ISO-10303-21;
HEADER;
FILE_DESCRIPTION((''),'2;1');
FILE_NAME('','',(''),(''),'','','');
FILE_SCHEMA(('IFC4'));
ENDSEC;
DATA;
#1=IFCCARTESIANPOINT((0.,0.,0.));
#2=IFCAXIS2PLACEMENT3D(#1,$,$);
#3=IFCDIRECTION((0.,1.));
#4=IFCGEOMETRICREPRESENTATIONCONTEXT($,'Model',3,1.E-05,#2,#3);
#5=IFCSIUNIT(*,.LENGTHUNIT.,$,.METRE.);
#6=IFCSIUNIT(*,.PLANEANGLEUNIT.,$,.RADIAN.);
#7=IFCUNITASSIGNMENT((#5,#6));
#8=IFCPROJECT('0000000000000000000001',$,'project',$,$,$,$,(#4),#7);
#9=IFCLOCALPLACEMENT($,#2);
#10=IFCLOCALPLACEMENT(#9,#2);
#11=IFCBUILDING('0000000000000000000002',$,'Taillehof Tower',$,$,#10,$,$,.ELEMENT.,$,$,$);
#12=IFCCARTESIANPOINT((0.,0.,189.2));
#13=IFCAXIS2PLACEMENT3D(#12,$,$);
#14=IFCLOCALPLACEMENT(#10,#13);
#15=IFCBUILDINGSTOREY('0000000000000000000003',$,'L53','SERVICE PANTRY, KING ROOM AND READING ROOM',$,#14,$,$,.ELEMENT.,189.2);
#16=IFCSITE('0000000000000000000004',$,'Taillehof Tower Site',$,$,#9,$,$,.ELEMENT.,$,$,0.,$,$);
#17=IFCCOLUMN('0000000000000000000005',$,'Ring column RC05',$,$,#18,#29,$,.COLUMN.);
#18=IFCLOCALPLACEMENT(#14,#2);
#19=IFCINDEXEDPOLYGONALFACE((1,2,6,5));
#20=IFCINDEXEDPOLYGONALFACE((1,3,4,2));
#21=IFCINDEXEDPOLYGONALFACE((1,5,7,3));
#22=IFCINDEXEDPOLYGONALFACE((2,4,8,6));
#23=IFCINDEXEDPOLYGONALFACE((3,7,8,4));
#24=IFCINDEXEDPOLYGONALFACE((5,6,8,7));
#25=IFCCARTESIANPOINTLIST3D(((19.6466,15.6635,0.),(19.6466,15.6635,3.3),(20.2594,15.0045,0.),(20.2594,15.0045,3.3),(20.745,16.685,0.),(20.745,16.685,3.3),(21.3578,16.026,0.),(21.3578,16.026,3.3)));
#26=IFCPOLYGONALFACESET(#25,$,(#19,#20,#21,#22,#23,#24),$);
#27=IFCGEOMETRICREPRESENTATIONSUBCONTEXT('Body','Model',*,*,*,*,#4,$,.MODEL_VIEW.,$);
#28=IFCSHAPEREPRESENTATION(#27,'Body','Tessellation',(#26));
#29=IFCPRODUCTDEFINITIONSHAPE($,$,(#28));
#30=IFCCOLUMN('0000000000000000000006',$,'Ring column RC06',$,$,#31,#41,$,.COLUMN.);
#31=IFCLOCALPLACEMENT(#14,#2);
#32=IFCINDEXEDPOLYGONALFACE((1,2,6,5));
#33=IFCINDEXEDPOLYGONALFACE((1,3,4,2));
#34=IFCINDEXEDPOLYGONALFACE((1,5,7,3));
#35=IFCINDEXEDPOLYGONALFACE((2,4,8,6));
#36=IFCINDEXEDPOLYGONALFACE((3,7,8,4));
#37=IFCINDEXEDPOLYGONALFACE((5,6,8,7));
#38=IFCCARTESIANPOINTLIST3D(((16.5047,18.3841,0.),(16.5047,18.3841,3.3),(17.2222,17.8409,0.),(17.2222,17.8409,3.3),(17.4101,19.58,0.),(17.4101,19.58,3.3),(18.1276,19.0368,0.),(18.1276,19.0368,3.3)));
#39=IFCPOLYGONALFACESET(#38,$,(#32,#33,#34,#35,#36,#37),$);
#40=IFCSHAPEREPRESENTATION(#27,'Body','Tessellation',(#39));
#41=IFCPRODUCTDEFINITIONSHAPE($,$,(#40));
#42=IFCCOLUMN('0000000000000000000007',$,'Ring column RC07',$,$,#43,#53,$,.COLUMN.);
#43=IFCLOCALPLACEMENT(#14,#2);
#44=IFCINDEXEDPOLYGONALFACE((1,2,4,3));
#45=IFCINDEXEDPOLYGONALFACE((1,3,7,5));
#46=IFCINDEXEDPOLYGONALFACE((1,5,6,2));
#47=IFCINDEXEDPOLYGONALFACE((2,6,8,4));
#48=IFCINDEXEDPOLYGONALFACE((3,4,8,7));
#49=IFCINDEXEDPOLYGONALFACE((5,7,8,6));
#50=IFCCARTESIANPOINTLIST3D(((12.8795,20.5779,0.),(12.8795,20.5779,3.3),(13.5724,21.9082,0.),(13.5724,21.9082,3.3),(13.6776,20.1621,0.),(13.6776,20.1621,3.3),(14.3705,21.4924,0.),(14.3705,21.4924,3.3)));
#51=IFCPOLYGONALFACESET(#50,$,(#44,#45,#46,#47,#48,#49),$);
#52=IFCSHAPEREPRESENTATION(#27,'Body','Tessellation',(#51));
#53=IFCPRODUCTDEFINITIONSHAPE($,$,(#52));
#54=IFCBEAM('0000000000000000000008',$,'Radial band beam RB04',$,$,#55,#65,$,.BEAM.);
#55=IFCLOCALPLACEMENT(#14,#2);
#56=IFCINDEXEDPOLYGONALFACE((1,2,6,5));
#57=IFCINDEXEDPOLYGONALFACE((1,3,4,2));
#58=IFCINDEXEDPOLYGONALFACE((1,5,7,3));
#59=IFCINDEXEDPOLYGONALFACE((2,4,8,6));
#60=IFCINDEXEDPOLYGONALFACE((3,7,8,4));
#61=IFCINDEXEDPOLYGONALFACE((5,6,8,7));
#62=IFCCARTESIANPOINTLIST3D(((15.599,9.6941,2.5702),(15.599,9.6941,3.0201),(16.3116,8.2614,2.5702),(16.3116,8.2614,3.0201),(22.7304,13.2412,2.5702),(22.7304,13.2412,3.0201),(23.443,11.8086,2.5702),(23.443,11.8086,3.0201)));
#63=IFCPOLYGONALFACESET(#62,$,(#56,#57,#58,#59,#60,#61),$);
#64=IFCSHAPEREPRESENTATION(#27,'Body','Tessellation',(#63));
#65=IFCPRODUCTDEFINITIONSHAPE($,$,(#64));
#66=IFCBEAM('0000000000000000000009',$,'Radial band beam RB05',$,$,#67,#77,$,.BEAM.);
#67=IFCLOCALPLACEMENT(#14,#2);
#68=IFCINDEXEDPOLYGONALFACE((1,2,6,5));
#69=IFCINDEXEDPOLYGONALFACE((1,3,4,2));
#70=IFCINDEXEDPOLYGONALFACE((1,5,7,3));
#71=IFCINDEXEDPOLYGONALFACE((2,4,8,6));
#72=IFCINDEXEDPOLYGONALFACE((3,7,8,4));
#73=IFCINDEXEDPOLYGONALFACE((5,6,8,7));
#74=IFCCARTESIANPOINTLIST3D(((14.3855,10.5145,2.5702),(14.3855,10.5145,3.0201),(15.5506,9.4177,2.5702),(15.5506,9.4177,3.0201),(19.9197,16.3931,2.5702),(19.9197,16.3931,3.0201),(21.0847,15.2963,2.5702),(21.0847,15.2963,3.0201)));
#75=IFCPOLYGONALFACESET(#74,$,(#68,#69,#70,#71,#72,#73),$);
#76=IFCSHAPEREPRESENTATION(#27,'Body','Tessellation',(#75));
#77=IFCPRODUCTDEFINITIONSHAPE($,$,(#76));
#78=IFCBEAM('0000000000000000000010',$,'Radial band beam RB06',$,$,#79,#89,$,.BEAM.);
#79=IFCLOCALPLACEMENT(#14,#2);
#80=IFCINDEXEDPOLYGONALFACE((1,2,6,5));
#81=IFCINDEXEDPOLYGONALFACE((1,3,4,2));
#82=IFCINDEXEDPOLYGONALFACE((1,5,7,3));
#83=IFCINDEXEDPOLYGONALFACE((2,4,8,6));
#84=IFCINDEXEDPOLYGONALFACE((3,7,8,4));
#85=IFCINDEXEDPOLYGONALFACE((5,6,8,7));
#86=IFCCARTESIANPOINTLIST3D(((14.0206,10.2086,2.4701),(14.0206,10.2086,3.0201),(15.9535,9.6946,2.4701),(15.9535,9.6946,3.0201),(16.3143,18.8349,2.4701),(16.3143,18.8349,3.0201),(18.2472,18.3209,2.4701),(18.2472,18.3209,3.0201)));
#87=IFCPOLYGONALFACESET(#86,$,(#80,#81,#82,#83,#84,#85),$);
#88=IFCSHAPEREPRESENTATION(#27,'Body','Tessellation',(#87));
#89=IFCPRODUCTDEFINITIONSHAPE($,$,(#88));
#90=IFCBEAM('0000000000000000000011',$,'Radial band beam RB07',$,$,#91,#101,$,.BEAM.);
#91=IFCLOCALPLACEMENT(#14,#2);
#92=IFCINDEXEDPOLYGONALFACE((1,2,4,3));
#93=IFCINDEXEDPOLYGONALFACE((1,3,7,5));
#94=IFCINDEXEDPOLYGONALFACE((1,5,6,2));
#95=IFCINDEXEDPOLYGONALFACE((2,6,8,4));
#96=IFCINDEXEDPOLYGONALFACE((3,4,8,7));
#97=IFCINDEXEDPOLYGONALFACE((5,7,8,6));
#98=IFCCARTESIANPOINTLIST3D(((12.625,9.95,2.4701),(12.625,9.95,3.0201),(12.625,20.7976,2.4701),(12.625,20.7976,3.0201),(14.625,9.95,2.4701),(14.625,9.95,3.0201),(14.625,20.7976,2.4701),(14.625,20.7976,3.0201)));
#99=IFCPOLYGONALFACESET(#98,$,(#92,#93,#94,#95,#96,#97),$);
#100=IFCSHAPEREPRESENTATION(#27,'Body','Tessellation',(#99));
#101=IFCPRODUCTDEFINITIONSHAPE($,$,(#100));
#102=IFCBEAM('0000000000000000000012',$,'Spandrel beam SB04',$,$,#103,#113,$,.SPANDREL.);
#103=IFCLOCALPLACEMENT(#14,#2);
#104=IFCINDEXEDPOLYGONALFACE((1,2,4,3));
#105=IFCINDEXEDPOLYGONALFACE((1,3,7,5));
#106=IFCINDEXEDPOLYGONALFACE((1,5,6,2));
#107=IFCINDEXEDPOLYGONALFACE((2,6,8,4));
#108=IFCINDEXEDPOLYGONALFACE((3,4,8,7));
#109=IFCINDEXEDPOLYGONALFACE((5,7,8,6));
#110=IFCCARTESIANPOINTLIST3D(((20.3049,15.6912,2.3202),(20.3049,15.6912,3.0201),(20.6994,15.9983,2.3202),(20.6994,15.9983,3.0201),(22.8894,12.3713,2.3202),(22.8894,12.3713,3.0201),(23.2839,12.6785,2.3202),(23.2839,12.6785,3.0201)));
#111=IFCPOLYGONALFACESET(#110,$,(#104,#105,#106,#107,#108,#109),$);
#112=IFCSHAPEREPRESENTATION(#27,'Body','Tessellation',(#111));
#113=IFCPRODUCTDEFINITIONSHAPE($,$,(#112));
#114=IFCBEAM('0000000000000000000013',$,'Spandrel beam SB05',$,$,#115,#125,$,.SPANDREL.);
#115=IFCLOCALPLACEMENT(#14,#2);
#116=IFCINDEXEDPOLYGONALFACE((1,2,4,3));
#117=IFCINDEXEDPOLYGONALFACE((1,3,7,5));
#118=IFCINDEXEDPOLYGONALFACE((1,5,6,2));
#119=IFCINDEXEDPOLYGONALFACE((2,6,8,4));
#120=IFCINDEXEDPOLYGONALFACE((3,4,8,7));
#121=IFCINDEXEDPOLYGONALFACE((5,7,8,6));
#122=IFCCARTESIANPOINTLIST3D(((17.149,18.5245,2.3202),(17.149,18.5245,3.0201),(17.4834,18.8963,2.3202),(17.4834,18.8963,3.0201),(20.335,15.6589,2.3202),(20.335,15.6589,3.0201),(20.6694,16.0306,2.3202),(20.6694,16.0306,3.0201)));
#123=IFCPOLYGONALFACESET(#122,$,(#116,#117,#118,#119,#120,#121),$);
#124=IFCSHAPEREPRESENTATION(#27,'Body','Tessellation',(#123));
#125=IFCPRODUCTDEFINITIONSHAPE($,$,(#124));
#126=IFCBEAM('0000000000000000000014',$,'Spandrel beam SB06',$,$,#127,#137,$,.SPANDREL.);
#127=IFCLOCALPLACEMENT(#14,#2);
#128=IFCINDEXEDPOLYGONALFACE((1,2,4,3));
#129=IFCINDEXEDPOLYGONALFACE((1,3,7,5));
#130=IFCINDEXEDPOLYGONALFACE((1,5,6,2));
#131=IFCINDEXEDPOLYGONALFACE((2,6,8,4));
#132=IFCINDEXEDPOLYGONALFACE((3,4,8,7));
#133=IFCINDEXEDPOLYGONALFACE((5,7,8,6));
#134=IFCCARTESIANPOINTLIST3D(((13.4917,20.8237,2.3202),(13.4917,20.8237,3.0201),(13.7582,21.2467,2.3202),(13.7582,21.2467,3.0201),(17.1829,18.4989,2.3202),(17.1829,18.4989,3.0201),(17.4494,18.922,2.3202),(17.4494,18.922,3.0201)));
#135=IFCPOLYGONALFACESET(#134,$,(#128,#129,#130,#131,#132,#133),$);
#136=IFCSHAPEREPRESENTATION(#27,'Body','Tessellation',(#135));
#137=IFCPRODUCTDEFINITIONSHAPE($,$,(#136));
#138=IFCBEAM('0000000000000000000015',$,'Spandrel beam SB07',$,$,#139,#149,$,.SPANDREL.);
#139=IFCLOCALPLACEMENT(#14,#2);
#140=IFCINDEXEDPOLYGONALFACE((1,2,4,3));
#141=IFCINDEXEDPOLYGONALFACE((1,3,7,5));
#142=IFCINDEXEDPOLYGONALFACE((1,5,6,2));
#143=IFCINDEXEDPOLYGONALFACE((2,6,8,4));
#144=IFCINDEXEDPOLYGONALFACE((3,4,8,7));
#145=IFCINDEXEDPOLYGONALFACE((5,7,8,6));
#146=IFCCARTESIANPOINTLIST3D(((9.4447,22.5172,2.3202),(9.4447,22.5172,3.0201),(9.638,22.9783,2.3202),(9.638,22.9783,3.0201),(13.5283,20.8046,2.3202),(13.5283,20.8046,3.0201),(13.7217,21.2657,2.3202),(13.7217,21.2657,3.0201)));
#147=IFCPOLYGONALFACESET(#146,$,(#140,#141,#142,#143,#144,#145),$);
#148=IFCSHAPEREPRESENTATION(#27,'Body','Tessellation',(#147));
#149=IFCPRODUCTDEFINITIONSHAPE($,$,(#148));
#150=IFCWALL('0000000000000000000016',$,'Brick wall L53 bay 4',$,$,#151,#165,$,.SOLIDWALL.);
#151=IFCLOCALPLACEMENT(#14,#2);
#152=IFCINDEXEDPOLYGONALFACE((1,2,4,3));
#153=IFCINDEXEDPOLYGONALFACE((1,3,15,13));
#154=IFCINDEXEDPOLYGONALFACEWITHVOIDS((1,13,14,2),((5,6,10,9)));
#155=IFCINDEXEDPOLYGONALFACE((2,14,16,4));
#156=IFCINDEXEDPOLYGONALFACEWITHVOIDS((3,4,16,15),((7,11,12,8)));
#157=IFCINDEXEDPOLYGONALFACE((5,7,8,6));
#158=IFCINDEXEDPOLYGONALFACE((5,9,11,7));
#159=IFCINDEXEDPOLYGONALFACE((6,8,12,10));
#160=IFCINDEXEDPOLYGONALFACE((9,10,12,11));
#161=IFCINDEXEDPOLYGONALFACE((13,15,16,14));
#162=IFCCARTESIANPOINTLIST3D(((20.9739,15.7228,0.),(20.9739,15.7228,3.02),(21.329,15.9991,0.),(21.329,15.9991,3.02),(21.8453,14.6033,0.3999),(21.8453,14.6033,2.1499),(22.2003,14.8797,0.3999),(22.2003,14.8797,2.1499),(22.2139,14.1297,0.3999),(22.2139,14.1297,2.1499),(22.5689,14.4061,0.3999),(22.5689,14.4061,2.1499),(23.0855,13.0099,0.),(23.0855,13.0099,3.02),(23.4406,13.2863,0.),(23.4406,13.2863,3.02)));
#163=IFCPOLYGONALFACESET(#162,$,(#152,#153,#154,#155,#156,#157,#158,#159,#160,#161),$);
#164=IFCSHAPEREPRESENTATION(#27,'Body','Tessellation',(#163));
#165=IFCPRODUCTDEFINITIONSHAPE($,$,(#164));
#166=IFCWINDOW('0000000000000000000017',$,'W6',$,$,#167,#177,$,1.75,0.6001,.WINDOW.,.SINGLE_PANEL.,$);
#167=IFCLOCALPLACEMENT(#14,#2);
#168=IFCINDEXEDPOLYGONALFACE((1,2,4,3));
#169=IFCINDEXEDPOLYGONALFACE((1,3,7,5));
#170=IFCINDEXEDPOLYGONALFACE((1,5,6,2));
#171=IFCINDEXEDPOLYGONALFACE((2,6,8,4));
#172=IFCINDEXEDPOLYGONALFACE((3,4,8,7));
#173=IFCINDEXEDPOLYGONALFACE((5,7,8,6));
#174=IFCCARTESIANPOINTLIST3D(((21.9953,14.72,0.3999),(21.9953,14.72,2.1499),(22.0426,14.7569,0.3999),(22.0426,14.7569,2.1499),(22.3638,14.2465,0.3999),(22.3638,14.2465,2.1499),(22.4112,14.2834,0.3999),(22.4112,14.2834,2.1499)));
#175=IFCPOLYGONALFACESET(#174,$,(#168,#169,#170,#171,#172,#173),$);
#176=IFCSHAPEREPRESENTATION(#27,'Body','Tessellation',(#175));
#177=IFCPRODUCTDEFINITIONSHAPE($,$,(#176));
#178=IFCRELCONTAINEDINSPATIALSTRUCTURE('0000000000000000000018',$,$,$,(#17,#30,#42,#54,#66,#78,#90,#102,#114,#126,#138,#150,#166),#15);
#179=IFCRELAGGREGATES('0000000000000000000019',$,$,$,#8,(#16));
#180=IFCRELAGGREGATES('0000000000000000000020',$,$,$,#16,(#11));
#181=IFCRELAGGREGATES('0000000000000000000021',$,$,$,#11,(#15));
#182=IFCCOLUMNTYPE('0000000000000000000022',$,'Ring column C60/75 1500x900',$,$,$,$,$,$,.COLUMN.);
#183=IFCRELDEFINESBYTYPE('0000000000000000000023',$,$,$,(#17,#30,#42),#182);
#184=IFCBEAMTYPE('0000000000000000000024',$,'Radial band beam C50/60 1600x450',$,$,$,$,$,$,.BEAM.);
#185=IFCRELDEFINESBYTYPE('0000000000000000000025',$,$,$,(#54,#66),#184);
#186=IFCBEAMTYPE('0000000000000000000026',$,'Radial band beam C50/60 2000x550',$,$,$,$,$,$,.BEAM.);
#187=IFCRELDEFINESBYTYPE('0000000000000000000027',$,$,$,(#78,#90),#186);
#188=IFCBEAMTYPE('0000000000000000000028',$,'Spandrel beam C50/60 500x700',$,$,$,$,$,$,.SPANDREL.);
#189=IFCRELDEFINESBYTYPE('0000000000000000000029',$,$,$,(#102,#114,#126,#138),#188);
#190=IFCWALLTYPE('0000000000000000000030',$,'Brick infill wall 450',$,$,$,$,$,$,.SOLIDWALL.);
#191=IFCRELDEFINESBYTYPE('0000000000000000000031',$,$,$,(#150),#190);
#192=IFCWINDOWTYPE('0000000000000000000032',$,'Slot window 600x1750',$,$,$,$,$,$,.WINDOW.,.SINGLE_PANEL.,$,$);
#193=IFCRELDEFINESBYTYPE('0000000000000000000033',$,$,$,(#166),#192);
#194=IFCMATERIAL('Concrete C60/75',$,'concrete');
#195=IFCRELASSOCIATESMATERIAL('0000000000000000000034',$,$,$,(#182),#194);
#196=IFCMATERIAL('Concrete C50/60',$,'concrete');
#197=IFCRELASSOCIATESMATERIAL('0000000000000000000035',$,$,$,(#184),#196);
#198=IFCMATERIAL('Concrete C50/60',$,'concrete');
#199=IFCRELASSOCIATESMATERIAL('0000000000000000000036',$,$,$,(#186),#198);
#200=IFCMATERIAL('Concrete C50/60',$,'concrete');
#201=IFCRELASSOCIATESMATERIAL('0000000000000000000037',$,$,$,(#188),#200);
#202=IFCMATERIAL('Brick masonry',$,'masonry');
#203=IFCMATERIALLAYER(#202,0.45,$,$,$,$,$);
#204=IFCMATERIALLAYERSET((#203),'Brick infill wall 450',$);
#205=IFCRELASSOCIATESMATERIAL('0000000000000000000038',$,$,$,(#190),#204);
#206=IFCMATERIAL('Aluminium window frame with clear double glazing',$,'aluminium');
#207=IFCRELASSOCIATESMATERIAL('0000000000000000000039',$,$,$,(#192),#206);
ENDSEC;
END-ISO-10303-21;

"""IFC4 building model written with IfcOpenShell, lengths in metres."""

from ifc_helpers import new_model, si_unit, direction, frame, frame_2d, origin, origin_2d, place, context, subcontext, project, spatial, rectangle, extrude, material, layer, layer_set, material_profile, profile_set, type_object, element, fill, save


model = new_model("IFC4")

# Units and contexts
model_context = context("Model", 3, precision=1e-05, world=origin(), true_north=direction((0.0, 1.0)))
body_context = subcontext(model_context, "Body", "Model", "MODEL_VIEW")
ifc_project = project(units=[si_unit("LENGTHUNIT", "METRE"), si_unit("PLANEANGLEUNIT", "RADIAN")], contexts=[model_context])

# Site, building, storey
site_placement = place(None, origin())
site = spatial("IfcSite", under=ifc_project, at=site_placement, Name="Taillehof Tower Site", CompositionType="ELEMENT", RefElevation=0.0)
building_placement = place(site_placement, origin())
building = spatial("IfcBuilding", under=site, at=building_placement, Name="Taillehof Tower", CompositionType="ELEMENT")
storey_placement = place(building_placement, frame((0.0, 0.0, 189.2)))
storey = spatial("IfcBuildingStorey", under=building, at=storey_placement, Name="L53", Description="SERVICE PANTRY, KING ROOM AND READING ROOM", CompositionType="ELEMENT", Elevation=189.2)

# Columns
ifc_material_1 = material(Name="Concrete C60/75", Category="concrete")
ifc_material_profile_1 = material_profile(ifc_material_1, rectangle(XDim=1.5, YDim=0.8999, at=origin_2d()), Name="RC 1500x900")
ifc_profile_set_1 = profile_set([ifc_material_profile_1], Name="Concrete C60/75")
column_type = type_object("IfcColumnType", Name="Ring column C60/75 1500x900", PredefinedType="COLUMN", material=ifc_profile_set_1)
for number, where, z_axis, x_axis, name in (
    (1, (20.5022, 15.8447, 0.0), (0.0, 0.0, 1.0), (0.732271, 0.681013, 0.0), "Ring column RC05"),
    (2, (17.3162, 18.7104, 0.0), (0.0, 0.0, 1.0), (0.603608, 0.797281, 0.0), "Ring column RC06"),
    (3, (13.625, 21.0352, 0.0), (0.0, 0.0, 1.0), (0.461993, 0.886883, 0.0), "Ring column RC07"),
):
    element("IfcColumn", number, at=place(storey_placement, frame(where, z_axis=z_axis, x_axis=x_axis)), inside=storey, type_object=column_type, Name=name, PredefinedType="COLUMN", context=body_context, shape_type="SweptSolid", body=[
        extrude(rectangle(XDim=1.5, YDim=0.8999, at=origin_2d()), origin(), (0.0, 0.0, 1.0), 3.3),
    ])

# Beams
ifc_material_2 = material(Name="Concrete C50/60", Category="concrete")
ifc_material_profile_2 = material_profile(ifc_material_2, rectangle(XDim=1.6001, YDim=0.45, at=origin_2d()), Name="RC 1600x450")
ifc_profile_set_2 = profile_set([ifc_material_profile_2], Name="Concrete C50/60")
beam_type_1 = type_object("IfcBeamType", Name="Radial band beam C50/60 1600x450", PredefinedType="BEAM", material=ifc_profile_set_2)
beam_1_placement = place(storey_placement, frame((23.0867, 12.5249, 2.7952), z_axis=(-0.895357, -0.445349, 0.0), x_axis=(0.445349, -0.895357, 0.0)))
element("IfcBeam", 4, at=beam_1_placement, inside=storey, type_object=beam_type_1, Name="Radial band beam RB04", PredefinedType="BEAM", context=body_context, shape_type="SweptSolid", body=[
    extrude(rectangle(XDim=1.6001, YDim=0.45, at=origin_2d()), origin(), (0.0, 0.0, 1.0), 7.9648),
])
beam_2_placement = place(storey_placement, frame((20.5022, 15.8447, 2.7952), z_axis=(-0.685451, -0.728118, 0.0), x_axis=(0.728118, -0.685451, 0.0)))
element("IfcBeam", 5, at=beam_2_placement, inside=storey, type_object=beam_type_1, Name="Radial band beam RB05", PredefinedType="BEAM", context=body_context, shape_type="SweptSolid", body=[
    extrude(rectangle(XDim=1.6001, YDim=0.45, at=origin_2d()), origin(), (0.0, 0.0, 1.0), 8.0737),
])
ifc_material_3 = material(Name="Concrete C50/60", Category="concrete")
ifc_material_profile_3 = material_profile(ifc_material_3, rectangle(XDim=2.0, YDim=0.55, at=origin_2d()), Name="RC 2000x550")
ifc_profile_set_3 = profile_set([ifc_material_profile_3], Name="Concrete C50/60")
beam_type_2 = type_object("IfcBeamType", Name="Radial band beam C50/60 2000x550", PredefinedType="BEAM", material=ifc_profile_set_3)
beam_3_placement = place(storey_placement, frame((17.2808, 18.5779, 2.7451), z_axis=(-0.25697, -0.966419, 0.0), x_axis=(0.966419, -0.25697, 0.0)))
element("IfcBeam", 6, at=beam_3_placement, inside=storey, type_object=beam_type_2, Name="Radial band beam RB06", PredefinedType="BEAM", context=body_context, shape_type="SweptSolid", body=[
    extrude(rectangle(XDim=2.0, YDim=0.55, at=origin_2d()), origin(), (0.0, 0.0, 1.0), 8.926),
])
beam_4_placement = place(storey_placement, frame((13.625, 20.7976, 2.7451), z_axis=(0.0, -1.0, 0.0), x_axis=(1.0, 0.0, 0.0)))
element("IfcBeam", 7, at=beam_4_placement, inside=storey, type_object=beam_type_2, Name="Radial band beam RB07", PredefinedType="BEAM", context=body_context, shape_type="SweptSolid", body=[
    extrude(rectangle(XDim=2.0, YDim=0.55, at=origin_2d()), origin(), (0.0, 0.0, 1.0), 10.8477),
])
ifc_material_4 = material(Name="Concrete C50/60", Category="concrete")
ifc_material_profile_4 = material_profile(ifc_material_4, rectangle(XDim=0.5, YDim=0.7, at=origin_2d()), Name="RC 500x700")
ifc_profile_set_4 = profile_set([ifc_material_profile_4], Name="Concrete C50/60")
beam_type_3 = type_object("IfcBeamType", Name="Spandrel beam C50/60 500x700", PredefinedType="SPANDREL", material=ifc_profile_set_4)
beam_5_placement = place(storey_placement, frame((23.0867, 12.5249, 2.6702), z_axis=(-0.614294, 0.789077, 0.0), x_axis=(-0.789077, -0.614294, 0.0)))
element("IfcBeam", 8, at=beam_5_placement, inside=storey, type_object=beam_type_3, Name="Spandrel beam SB04", PredefinedType="SPANDREL", context=body_context, shape_type="SweptSolid", body=[
    extrude(rectangle(XDim=0.5, YDim=0.7, at=origin_2d()), origin(), (0.0, 0.0, 1.0), 4.2073),
])
beam_6_placement = place(storey_placement, frame((20.5022, 15.8447, 2.6702), z_axis=(-0.743492, 0.668744, 0.0), x_axis=(-0.668744, -0.743492, 0.0)))
element("IfcBeam", 9, at=beam_6_placement, inside=storey, type_object=beam_type_3, Name="Spandrel beam SB05", PredefinedType="SPANDREL", context=body_context, shape_type="SweptSolid", body=[
    extrude(rectangle(XDim=0.5, YDim=0.7, at=origin_2d()), origin(), (0.0, 0.0, 1.0), 4.2852),
])
beam_7_placement = place(storey_placement, frame((17.3162, 18.7104, 2.6702), z_axis=(-0.846166, 0.532919, 0.0), x_axis=(-0.532919, -0.846166, 0.0)))
element("IfcBeam", 10, at=beam_7_placement, inside=storey, type_object=beam_type_3, Name="Spandrel beam SB06", PredefinedType="SPANDREL", context=body_context, shape_type="SweptSolid", body=[
    extrude(rectangle(XDim=0.5, YDim=0.7, at=origin_2d()), origin(), (0.0, 0.0, 1.0), 4.3623),
])
beam_8_placement = place(storey_placement, frame((13.625, 21.0352, 2.6702), z_axis=(-0.922186, 0.386748, 0.0), x_axis=(-0.386748, -0.922186, 0.0)))
element("IfcBeam", 11, at=beam_8_placement, inside=storey, type_object=beam_type_3, Name="Spandrel beam SB07", PredefinedType="SPANDREL", context=body_context, shape_type="SweptSolid", body=[
    extrude(rectangle(XDim=0.5, YDim=0.7, at=origin_2d()), origin(), (0.0, 0.0, 1.0), 4.4282),
])

# Wall, opening, window
ifc_material_5 = material(Name="Brick masonry", Category="masonry")
ifc_layer_1 = layer(ifc_material_5, 0.45)
ifc_layer_set_1 = layer_set([ifc_layer_1], Name="Brick infill wall 450")
wall_type_1 = type_object("IfcWallType", Name="Brick infill wall 450", PredefinedType="SOLIDWALL", material=ifc_layer_set_1)
wall_1_placement = place(storey_placement, frame((23.2629, 13.1482, 0.0), z_axis=(0.0, 0.0, 1.0), x_axis=(-0.614221, 0.789134, 0.0)))
wall_1 = element("IfcWall", 12, at=wall_1_placement, inside=storey, type_object=wall_type_1, Name="Brick wall L53 bay 4", PredefinedType="SOLIDWALL", context=body_context, shape_type="SweptSolid", body=[
    extrude(rectangle(XDim=3.4377, YDim=0.45, at=frame_2d((1.7188, 0.0))), origin(), (0.0, 0.0, 1.0), 3.02),
])
opening_1_placement = place(wall_1_placement, frame((1.4189, 0.0, 0.3999)))
opening_1 = element("IfcOpeningElement", 13, at=opening_1_placement, cuts=wall_1, PredefinedType="OPENING", context=body_context, shape_type="SweptSolid", body=[
    extrude(rectangle(XDim=0.6001, YDim=1.75, at=frame_2d((0.3, 0.875))), frame((0.0, 0.2349, 0.0), z_axis=(0.0, -1.0, 0.0), x_axis=(1.0, 0.0, 0.0)), (0.0, 0.0, 1.0), 0.47),
])
ifc_material_6 = material(Name="Aluminium window frame with clear double glazing", Category="aluminium")
window_type_1 = type_object("IfcWindowType", Name="Slot window 600x1750", PartitioningType="SINGLE_PANEL", PredefinedType="WINDOW", material=ifc_material_6)
window_1_placement = place(opening_1_placement, origin())
window_1 = element("IfcWindow", 14, at=window_1_placement, inside=storey, type_object=window_type_1, Name="W6", OverallHeight=1.75, OverallWidth=0.6001, PartitioningType="SINGLE_PANEL", PredefinedType="WINDOW", context=body_context, shape_type="SweptSolid", body=[
    extrude(rectangle(XDim=0.6001, YDim=1.75, at=frame_2d((0.3, 0.875))), frame((0.0, 0.0349, 0.0), z_axis=(0.0, -1.0, 0.0), x_axis=(1.0, 0.0, 0.0)), (0.0, 0.0, 1.0), 0.0601),
])
fill(opening_1, window_1)

save(model, "model.ifc")
